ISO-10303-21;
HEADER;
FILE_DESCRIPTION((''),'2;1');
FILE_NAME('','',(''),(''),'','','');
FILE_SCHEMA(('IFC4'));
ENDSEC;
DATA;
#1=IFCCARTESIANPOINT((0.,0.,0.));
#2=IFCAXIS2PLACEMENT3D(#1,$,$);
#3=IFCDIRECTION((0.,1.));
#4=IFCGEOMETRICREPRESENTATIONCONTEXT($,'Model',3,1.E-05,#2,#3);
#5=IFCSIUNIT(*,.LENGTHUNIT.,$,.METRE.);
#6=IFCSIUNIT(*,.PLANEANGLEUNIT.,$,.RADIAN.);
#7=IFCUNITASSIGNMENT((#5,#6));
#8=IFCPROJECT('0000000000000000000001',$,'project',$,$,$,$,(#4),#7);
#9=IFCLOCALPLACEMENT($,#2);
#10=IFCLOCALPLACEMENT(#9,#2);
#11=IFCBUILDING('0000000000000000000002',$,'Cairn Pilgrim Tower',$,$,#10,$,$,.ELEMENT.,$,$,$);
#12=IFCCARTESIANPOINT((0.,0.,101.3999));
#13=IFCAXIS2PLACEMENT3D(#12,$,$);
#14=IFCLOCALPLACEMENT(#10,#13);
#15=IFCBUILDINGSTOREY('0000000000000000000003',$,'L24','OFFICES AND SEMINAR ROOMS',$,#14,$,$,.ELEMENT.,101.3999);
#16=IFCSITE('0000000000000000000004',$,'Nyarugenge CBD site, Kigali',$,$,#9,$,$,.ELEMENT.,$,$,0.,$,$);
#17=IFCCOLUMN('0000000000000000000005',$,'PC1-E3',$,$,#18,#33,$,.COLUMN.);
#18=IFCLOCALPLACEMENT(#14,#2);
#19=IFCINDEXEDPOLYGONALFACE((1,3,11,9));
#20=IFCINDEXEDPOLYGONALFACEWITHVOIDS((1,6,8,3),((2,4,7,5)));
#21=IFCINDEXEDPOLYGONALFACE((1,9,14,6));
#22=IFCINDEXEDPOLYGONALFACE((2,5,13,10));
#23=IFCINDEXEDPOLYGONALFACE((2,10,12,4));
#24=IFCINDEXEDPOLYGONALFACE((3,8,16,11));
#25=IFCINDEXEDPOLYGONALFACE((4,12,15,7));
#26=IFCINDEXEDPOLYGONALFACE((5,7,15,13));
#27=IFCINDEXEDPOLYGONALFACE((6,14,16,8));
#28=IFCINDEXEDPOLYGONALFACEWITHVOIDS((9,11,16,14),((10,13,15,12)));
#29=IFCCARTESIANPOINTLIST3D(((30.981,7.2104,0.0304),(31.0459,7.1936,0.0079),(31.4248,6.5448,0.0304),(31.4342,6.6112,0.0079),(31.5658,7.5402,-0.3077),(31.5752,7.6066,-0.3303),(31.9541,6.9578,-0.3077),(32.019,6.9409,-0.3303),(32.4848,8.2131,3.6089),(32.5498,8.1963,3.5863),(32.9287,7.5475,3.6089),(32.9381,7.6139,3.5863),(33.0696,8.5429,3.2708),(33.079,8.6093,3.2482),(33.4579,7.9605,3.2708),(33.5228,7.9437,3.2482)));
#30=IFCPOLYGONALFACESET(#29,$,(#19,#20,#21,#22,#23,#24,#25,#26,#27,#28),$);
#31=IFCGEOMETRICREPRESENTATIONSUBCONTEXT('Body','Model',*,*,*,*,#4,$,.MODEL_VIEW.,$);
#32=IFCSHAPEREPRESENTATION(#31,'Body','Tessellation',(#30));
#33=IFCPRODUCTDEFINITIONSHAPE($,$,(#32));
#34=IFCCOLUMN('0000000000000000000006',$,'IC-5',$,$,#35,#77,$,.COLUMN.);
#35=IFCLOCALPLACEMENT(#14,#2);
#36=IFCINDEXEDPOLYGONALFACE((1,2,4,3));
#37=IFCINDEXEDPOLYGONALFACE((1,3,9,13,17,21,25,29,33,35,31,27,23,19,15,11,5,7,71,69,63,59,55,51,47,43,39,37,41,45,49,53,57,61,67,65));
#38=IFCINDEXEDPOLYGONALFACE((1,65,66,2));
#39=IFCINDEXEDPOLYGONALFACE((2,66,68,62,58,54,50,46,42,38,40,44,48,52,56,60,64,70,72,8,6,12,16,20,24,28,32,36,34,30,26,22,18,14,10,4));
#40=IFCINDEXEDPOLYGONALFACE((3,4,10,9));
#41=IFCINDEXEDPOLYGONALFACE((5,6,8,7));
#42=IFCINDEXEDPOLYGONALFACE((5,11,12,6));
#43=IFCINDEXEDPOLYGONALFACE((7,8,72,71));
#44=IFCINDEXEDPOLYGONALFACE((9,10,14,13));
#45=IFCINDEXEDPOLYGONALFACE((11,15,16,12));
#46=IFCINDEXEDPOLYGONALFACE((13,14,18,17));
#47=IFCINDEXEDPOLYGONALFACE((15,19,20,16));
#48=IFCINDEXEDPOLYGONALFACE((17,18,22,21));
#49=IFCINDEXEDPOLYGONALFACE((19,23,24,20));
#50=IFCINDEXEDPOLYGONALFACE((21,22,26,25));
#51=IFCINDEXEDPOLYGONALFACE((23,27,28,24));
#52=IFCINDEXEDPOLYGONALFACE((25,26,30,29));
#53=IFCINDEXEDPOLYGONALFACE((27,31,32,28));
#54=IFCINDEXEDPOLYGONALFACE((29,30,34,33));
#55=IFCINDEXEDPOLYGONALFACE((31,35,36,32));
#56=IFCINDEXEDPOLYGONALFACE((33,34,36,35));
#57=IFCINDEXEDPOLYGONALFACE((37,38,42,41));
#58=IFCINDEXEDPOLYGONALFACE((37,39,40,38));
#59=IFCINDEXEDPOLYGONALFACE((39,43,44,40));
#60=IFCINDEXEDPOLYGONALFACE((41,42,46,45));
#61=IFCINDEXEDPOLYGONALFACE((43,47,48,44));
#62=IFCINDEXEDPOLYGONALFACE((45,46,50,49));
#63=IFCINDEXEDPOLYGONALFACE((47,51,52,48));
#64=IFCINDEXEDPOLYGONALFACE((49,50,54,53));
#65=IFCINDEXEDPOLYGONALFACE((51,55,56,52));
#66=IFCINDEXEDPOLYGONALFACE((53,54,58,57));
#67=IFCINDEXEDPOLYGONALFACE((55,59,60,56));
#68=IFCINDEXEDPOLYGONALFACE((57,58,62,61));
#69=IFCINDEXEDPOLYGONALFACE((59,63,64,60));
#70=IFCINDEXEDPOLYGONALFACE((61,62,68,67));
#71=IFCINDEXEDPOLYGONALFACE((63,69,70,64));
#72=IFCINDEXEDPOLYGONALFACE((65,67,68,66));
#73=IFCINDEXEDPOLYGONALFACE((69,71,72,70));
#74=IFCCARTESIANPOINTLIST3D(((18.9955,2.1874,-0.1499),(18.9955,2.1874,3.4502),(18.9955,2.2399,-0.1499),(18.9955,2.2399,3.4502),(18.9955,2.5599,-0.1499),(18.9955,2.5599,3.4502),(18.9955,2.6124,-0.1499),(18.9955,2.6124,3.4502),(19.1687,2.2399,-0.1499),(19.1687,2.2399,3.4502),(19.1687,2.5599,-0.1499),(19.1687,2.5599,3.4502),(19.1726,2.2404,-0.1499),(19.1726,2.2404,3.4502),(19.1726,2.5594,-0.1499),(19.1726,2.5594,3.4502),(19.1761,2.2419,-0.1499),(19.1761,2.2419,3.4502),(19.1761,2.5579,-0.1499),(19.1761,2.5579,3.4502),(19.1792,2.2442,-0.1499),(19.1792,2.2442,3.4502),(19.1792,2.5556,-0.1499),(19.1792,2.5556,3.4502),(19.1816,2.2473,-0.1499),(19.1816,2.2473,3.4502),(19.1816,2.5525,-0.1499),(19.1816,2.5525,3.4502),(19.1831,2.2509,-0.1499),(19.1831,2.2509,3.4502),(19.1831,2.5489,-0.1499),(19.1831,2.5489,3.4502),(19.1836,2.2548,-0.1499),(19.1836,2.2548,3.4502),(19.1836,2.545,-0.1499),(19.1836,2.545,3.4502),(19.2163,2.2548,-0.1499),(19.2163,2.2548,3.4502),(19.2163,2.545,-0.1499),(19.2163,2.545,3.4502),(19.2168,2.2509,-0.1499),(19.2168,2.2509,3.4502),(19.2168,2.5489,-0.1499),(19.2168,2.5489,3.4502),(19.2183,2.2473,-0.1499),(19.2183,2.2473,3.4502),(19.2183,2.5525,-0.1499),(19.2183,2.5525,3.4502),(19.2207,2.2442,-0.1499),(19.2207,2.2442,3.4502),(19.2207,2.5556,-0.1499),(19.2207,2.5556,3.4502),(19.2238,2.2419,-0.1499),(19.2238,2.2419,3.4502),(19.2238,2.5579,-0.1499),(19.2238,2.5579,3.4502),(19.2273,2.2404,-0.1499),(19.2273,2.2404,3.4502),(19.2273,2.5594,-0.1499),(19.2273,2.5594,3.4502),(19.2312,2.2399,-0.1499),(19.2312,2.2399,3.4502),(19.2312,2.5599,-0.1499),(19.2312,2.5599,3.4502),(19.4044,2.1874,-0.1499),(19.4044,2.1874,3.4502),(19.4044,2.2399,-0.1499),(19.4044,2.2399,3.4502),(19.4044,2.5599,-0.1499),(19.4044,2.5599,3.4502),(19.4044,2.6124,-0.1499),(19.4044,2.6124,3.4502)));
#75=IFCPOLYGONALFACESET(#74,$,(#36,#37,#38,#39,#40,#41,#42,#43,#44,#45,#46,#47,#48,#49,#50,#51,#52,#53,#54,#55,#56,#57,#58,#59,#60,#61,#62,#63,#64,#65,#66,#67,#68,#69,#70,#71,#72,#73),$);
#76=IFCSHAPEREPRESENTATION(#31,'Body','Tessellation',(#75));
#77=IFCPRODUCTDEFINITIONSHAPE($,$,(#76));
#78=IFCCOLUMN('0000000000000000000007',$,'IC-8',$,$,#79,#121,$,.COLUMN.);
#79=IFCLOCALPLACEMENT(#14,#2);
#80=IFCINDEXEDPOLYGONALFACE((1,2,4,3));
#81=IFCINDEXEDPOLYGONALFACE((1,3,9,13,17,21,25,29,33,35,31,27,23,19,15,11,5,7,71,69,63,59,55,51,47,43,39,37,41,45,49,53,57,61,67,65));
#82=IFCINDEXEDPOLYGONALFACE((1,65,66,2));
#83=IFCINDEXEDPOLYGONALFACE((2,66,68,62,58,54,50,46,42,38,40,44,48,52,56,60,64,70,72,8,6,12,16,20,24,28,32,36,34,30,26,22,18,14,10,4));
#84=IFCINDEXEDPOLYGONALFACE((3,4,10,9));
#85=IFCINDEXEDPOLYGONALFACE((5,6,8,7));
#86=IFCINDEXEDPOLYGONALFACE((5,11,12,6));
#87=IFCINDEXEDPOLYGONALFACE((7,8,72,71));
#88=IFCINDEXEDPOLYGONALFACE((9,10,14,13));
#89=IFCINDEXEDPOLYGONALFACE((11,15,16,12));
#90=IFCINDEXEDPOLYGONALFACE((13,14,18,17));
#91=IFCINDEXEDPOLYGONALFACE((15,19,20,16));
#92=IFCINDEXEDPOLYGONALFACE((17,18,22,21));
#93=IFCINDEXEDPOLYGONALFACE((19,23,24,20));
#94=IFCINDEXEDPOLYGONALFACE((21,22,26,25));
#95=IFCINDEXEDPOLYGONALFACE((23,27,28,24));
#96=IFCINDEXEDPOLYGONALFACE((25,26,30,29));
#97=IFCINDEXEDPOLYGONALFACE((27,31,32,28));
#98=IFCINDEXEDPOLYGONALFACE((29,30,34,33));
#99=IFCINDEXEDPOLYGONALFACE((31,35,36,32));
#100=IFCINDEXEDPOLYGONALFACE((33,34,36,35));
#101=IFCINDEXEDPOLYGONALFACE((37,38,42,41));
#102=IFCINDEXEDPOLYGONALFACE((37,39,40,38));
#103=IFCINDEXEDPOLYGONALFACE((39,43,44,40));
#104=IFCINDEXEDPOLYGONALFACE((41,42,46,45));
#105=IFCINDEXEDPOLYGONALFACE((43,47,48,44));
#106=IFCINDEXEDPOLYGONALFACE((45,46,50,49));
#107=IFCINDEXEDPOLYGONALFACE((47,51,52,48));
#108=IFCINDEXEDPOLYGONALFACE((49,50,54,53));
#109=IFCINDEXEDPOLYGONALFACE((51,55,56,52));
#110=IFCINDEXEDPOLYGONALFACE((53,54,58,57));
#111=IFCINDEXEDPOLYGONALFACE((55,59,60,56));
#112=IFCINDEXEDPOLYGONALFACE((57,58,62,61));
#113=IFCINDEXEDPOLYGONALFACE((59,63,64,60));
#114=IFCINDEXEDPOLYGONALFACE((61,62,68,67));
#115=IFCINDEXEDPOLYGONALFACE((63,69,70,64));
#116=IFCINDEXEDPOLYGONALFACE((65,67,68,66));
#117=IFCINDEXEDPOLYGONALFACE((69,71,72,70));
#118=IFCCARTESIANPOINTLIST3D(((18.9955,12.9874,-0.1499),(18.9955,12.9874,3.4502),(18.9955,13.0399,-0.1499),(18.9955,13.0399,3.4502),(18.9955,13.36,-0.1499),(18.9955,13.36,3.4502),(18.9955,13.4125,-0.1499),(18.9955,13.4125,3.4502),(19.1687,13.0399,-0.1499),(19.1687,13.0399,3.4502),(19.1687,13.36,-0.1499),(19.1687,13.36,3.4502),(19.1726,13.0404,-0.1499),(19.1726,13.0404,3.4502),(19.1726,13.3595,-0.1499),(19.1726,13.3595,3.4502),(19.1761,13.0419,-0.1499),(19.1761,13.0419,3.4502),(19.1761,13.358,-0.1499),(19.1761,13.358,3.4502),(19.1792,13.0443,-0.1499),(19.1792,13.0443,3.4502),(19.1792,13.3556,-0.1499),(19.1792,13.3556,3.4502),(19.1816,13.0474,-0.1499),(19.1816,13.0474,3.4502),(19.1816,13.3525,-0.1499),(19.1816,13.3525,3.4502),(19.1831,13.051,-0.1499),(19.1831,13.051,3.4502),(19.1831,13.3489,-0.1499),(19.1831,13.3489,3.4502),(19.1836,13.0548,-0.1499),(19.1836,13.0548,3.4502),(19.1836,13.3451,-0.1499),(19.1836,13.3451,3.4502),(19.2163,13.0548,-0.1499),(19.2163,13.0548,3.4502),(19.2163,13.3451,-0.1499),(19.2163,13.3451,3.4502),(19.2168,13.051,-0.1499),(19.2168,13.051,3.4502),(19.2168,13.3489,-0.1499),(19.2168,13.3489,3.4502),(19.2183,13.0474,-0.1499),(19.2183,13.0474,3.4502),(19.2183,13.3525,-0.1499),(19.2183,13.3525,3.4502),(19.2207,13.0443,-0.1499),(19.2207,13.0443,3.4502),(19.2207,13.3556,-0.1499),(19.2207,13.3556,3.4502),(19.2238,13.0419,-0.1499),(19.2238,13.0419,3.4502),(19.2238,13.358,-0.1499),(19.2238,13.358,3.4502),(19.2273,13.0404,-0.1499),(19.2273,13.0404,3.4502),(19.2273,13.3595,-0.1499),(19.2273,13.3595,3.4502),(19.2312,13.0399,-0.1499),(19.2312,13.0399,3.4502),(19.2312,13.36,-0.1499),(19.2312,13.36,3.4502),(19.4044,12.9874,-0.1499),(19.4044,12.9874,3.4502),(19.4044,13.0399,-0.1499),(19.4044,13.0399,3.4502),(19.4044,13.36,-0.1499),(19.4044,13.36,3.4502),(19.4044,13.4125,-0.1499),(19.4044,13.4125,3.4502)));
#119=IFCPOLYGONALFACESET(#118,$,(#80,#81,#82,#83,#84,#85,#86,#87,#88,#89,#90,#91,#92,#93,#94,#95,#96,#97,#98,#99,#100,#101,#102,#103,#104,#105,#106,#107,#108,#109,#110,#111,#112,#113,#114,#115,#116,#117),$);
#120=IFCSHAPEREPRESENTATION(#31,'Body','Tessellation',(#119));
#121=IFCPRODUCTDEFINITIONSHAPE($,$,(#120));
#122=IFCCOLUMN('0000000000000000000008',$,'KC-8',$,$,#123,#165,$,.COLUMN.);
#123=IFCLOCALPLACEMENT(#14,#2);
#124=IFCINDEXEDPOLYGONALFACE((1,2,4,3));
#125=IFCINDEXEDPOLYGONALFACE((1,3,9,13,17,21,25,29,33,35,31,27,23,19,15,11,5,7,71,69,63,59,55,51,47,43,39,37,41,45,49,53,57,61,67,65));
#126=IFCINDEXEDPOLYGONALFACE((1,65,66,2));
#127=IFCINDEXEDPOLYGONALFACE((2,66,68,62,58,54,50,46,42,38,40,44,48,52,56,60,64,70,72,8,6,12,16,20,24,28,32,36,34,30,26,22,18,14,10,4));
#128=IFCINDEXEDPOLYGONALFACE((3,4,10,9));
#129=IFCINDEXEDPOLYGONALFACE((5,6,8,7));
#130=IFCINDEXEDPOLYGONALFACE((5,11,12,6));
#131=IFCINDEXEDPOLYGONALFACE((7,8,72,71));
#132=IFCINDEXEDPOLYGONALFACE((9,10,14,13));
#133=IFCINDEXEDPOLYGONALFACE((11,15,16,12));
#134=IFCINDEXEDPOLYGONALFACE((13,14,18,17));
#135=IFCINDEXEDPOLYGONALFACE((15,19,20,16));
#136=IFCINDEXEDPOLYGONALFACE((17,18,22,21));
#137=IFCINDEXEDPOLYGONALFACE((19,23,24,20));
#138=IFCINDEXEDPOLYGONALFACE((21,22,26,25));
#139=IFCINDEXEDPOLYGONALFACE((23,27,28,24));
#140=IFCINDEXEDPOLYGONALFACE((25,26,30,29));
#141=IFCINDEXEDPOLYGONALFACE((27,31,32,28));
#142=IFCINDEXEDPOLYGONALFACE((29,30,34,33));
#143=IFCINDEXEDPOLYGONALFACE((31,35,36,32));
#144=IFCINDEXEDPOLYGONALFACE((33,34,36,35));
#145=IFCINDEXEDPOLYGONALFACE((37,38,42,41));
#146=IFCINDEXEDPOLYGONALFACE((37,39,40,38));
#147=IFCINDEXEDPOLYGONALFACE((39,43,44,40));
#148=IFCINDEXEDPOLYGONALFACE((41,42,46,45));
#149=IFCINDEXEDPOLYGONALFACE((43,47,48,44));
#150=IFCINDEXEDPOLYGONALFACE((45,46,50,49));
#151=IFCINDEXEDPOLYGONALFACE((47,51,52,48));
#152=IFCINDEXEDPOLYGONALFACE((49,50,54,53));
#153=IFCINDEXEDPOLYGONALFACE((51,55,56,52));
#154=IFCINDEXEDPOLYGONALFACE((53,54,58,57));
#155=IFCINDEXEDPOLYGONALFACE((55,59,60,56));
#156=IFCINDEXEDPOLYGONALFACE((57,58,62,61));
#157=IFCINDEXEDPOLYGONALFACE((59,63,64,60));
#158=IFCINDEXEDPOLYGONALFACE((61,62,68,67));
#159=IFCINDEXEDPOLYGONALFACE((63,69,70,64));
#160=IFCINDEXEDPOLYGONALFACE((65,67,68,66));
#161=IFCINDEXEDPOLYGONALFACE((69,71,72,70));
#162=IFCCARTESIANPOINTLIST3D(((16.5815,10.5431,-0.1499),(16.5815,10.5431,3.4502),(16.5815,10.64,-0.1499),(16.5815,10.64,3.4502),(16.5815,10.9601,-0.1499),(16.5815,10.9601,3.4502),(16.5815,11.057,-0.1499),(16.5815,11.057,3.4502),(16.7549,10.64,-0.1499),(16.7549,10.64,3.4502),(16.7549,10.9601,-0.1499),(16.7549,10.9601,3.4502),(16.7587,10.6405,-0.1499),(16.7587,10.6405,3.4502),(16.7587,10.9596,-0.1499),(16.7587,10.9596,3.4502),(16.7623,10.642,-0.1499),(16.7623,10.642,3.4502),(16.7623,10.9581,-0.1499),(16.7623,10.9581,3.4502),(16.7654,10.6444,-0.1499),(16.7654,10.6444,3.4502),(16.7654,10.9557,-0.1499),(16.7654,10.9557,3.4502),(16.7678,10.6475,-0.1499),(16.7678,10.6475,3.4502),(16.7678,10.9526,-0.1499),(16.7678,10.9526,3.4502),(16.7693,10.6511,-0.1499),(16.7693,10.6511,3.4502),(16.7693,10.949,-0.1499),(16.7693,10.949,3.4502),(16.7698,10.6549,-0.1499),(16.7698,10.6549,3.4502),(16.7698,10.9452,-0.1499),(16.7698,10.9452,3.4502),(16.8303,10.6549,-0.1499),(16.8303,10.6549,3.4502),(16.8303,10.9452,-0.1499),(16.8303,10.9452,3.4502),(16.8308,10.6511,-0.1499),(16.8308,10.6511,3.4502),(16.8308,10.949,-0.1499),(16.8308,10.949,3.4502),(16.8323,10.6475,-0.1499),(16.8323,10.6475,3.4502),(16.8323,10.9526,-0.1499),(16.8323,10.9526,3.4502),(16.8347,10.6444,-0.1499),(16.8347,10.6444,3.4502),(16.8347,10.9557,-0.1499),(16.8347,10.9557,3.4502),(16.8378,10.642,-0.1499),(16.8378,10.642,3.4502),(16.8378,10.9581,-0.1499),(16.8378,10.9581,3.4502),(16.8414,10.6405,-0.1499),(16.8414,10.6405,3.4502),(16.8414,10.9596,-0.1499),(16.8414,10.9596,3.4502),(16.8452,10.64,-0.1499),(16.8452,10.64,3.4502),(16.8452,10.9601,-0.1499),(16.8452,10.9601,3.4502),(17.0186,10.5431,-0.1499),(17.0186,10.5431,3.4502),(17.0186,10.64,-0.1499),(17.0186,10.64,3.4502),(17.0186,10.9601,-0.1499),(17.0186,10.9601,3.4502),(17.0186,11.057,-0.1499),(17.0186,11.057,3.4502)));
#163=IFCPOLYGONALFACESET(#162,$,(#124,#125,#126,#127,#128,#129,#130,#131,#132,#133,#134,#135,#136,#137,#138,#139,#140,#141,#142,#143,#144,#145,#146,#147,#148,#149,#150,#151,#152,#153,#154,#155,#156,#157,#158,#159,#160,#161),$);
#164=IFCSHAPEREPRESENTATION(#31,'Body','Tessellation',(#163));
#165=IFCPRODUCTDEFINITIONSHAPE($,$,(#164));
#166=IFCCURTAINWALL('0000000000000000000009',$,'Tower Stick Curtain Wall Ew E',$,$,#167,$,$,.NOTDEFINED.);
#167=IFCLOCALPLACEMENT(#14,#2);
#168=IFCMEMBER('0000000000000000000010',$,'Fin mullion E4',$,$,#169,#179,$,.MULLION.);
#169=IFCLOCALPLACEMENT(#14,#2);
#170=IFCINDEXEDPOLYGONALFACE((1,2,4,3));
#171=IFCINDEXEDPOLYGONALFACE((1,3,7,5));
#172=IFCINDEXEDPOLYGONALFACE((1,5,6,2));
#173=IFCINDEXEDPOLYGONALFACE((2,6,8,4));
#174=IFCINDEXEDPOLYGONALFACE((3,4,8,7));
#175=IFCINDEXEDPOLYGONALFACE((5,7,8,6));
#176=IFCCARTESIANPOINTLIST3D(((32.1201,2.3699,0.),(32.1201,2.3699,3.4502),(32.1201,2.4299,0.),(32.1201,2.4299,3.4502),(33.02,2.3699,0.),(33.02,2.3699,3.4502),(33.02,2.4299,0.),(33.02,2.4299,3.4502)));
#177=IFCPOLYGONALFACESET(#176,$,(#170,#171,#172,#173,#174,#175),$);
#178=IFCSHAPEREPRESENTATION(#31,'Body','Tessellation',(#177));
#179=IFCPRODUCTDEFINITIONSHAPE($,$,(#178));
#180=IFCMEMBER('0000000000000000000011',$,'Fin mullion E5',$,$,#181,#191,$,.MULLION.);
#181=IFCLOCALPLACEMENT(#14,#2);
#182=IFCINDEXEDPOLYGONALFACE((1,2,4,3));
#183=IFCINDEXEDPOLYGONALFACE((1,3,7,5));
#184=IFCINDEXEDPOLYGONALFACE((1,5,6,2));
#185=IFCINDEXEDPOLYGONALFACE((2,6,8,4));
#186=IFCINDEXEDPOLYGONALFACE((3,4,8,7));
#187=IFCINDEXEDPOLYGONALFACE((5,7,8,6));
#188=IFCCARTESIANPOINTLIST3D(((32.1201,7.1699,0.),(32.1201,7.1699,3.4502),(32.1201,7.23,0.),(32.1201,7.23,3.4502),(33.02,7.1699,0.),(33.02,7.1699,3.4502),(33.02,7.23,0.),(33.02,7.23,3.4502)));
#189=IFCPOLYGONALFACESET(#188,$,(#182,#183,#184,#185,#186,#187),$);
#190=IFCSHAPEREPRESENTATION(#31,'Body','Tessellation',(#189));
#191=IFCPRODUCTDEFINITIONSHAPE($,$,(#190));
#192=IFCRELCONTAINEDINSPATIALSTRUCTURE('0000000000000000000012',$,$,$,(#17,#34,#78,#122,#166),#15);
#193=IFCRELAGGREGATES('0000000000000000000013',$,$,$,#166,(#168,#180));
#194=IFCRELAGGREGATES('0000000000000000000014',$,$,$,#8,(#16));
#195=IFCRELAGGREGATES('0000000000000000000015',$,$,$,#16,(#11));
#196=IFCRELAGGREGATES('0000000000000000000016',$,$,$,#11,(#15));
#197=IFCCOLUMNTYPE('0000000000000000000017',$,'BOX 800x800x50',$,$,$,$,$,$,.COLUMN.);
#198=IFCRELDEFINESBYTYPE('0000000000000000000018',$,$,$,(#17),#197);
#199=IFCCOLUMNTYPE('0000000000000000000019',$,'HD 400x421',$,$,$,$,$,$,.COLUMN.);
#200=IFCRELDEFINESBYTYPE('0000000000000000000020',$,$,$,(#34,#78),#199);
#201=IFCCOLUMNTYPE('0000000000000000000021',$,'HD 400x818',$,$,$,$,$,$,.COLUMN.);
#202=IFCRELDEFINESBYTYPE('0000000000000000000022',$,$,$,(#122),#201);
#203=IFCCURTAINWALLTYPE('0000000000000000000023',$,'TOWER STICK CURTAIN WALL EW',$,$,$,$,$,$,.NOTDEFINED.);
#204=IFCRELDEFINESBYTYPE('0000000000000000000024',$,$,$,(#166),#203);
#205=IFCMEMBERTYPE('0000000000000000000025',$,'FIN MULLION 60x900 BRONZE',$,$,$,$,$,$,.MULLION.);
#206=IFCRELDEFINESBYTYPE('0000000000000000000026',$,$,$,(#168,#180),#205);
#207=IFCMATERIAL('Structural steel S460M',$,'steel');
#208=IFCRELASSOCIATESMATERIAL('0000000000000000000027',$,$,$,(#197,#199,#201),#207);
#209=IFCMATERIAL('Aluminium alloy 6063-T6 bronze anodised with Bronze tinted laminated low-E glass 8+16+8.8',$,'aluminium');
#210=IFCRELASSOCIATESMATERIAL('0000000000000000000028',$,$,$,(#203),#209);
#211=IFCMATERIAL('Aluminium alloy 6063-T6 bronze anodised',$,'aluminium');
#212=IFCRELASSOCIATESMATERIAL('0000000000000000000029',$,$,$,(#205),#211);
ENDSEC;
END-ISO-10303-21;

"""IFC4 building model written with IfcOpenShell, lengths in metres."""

from ifc_helpers import new_model, si_unit, direction, frame, origin, origin_2d, place, context, subcontext, project, spatial, rectangle, hollow_rectangle, i_section, extrude, clip, halfspace, material, material_profile, profile_set, type_object, element, aggregate, save


model = new_model("IFC4")

# Units and contexts
model_context = context("Model", 3, precision=1e-05, world=origin(), true_north=direction((0.0, 1.0)))
body_context = subcontext(model_context, "Body", "Model", "MODEL_VIEW")
ifc_project = project(units=[si_unit("LENGTHUNIT", "METRE"), si_unit("PLANEANGLEUNIT", "RADIAN")], contexts=[model_context])

# Site, building, storey
site_placement = place(None, origin())
site = spatial("IfcSite", under=ifc_project, at=site_placement, Name="Nyarugenge CBD site, Kigali", CompositionType="ELEMENT", RefElevation=0.0)
building_placement = place(site_placement, origin())
building = spatial("IfcBuilding", under=site, at=building_placement, Name="Cairn Pilgrim Tower", CompositionType="ELEMENT")
storey_placement = place(building_placement, frame((0.0, 0.0, 101.3999)))
storey = spatial("IfcBuildingStorey", under=building, at=storey_placement, Name="L24", Description="OFFICES AND SEMINAR ROOMS", CompositionType="ELEMENT", Elevation=101.3999)

# Columns
ifc_material_1 = material(Name="Structural steel S460M", Category="steel")
ifc_material_profile_1 = material_profile(ifc_material_1, hollow_rectangle(XDim=0.8, YDim=0.8, WallThickness=0.05, at=origin_2d()), Name="BOX 800x800x50")
ifc_profile_set_1 = profile_set([ifc_material_profile_1], Name="Structural steel S460M")
column_type_1 = type_object("IfcColumnType", Name="BOX 800x800x50", PredefinedType="COLUMN", material=ifc_profile_set_1)
column_1_placement = place(storey_placement, frame((31.5, 7.0757, -0.1499), z_axis=(0.375114, 0.250116, 0.892598), x_axis=(-0.554762, 0.832009, 0.0)))
element("IfcColumn", 1, at=column_1_placement, inside=storey, type_object=column_type_1, Name="PC1-E3", PredefinedType="COLUMN", context=body_context, shape_type="Clipping", body=[
    clip(extrude(hollow_rectangle(XDim=0.8, YDim=0.8, WallThickness=0.05, at=origin_2d()), origin(), (0.0, 0.0, 1.0), 4.0332), halfspace(frame((0.0, 0.0, 4.009), z_axis=(0.0, 0.0, 1.0), x_axis=(1.0, 0.0, 0.0)), False)),
])
ifc_material_profile_2 = material_profile(ifc_material_1, i_section(OverallWidth=0.4089, OverallDepth=0.425, WebThickness=0.0327, FlangeThickness=0.0525, FilletRadius=0.0149, at=origin_2d()), Name="HD 400x421")
ifc_profile_set_2 = profile_set([ifc_material_profile_2], Name="Structural steel S460M")
column_type_2 = type_object("IfcColumnType", Name="HD 400x421", PredefinedType="COLUMN", material=ifc_profile_set_2)
for number, where, z_axis, x_axis, name in (
    (2, (19.2, 2.3999, -0.1499), (0.0, 0.0, 1.0), (1.0, 0.0, 0.0), "IC-5"),
    (3, (19.2, 13.2, -0.1499), (0.0, 0.0, 1.0), (1.0, 0.0, 0.0), "IC-8"),
):
    element("IfcColumn", number, at=place(storey_placement, frame(where, z_axis=z_axis, x_axis=x_axis)), inside=storey, type_object=column_type_2, Name=name, PredefinedType="COLUMN", context=body_context, shape_type="SweptSolid", body=[
        extrude(i_section(OverallWidth=0.4089, OverallDepth=0.425, WebThickness=0.0327, FlangeThickness=0.0525, FilletRadius=0.0149, at=origin_2d()), origin(), (0.0, 0.0, 1.0), 3.6001),
    ])
ifc_material_profile_3 = material_profile(ifc_material_1, i_section(OverallWidth=0.437, OverallDepth=0.5139, WebThickness=0.0605, FlangeThickness=0.0969, FilletRadius=0.0149, at=origin_2d()), Name="HD 400x818")
ifc_profile_set_3 = profile_set([ifc_material_profile_3], Name="Structural steel S460M")
column_type_3 = type_object("IfcColumnType", Name="HD 400x818", PredefinedType="COLUMN", material=ifc_profile_set_3)
column_2_placement = place(storey_placement, frame((16.8, 10.8, -0.1499), z_axis=(0.0, 0.0, 1.0), x_axis=(1.0, 0.0, 0.0)))
element("IfcColumn", 4, at=column_2_placement, inside=storey, type_object=column_type_3, Name="KC-8", PredefinedType="COLUMN", context=body_context, shape_type="SweptSolid", body=[
    extrude(i_section(OverallWidth=0.437, OverallDepth=0.5139, WebThickness=0.0605, FlangeThickness=0.0969, FilletRadius=0.0149, at=origin_2d()), origin(), (0.0, 0.0, 1.0), 3.6001),
])

# Curtain wall, members
ifc_material_2 = material(Name="Aluminium alloy 6063-T6 bronze anodised with Bronze tinted laminated low-E glass 8+16+8.8", Category="aluminium")
curtain_wall_type = type_object("IfcCurtainWallType", Name="TOWER STICK CURTAIN WALL EW", PredefinedType="NOTDEFINED", material=ifc_material_2)
curtain_wall_placement = place(storey_placement, origin())
curtain_wall = element("IfcCurtainWall", 5, at=curtain_wall_placement, inside=storey, type_object=curtain_wall_type, Name="Tower Stick Curtain Wall Ew E", PredefinedType="NOTDEFINED")
ifc_material_3 = material(Name="Aluminium alloy 6063-T6 bronze anodised", Category="aluminium")
ifc_material_profile_4 = material_profile(ifc_material_3, rectangle(XDim=0.8999, YDim=0.0601, at=origin_2d()), Name="FIN MULLION 60x900 BRONZE")
ifc_profile_set_4 = profile_set([ifc_material_profile_4], Name="Aluminium alloy 6063-T6 bronze anodised")
member_type_1 = type_object("IfcMemberType", Name="FIN MULLION 60x900 BRONZE", PredefinedType="MULLION", material=ifc_profile_set_4)
member_1_placement = place(storey_placement, frame((32.5701, 2.3999, 0.0), z_axis=(0.0, 0.0, 1.0), x_axis=(1.0, 0.0, 0.0)))
member_1 = element("IfcMember", 6, at=member_1_placement, type_object=member_type_1, Name="Fin mullion E4", PredefinedType="MULLION", context=body_context, shape_type="SweptSolid", body=[
    extrude(rectangle(XDim=0.8999, YDim=0.0601, at=origin_2d()), origin(), (0.0, 0.0, 1.0), 3.4502),
])
member_2_placement = place(storey_placement, frame((32.5701, 7.2, 0.0), z_axis=(0.0, 0.0, 1.0), x_axis=(1.0, 0.0, 0.0)))
member_2 = element("IfcMember", 7, at=member_2_placement, type_object=member_type_1, Name="Fin mullion E5", PredefinedType="MULLION", context=body_context, shape_type="SweptSolid", body=[
    extrude(rectangle(XDim=0.8999, YDim=0.0601, at=origin_2d()), origin(), (0.0, 0.0, 1.0), 3.4502),
])

aggregate(curtain_wall, [member_1, member_2])

save(model, "model.ifc")
